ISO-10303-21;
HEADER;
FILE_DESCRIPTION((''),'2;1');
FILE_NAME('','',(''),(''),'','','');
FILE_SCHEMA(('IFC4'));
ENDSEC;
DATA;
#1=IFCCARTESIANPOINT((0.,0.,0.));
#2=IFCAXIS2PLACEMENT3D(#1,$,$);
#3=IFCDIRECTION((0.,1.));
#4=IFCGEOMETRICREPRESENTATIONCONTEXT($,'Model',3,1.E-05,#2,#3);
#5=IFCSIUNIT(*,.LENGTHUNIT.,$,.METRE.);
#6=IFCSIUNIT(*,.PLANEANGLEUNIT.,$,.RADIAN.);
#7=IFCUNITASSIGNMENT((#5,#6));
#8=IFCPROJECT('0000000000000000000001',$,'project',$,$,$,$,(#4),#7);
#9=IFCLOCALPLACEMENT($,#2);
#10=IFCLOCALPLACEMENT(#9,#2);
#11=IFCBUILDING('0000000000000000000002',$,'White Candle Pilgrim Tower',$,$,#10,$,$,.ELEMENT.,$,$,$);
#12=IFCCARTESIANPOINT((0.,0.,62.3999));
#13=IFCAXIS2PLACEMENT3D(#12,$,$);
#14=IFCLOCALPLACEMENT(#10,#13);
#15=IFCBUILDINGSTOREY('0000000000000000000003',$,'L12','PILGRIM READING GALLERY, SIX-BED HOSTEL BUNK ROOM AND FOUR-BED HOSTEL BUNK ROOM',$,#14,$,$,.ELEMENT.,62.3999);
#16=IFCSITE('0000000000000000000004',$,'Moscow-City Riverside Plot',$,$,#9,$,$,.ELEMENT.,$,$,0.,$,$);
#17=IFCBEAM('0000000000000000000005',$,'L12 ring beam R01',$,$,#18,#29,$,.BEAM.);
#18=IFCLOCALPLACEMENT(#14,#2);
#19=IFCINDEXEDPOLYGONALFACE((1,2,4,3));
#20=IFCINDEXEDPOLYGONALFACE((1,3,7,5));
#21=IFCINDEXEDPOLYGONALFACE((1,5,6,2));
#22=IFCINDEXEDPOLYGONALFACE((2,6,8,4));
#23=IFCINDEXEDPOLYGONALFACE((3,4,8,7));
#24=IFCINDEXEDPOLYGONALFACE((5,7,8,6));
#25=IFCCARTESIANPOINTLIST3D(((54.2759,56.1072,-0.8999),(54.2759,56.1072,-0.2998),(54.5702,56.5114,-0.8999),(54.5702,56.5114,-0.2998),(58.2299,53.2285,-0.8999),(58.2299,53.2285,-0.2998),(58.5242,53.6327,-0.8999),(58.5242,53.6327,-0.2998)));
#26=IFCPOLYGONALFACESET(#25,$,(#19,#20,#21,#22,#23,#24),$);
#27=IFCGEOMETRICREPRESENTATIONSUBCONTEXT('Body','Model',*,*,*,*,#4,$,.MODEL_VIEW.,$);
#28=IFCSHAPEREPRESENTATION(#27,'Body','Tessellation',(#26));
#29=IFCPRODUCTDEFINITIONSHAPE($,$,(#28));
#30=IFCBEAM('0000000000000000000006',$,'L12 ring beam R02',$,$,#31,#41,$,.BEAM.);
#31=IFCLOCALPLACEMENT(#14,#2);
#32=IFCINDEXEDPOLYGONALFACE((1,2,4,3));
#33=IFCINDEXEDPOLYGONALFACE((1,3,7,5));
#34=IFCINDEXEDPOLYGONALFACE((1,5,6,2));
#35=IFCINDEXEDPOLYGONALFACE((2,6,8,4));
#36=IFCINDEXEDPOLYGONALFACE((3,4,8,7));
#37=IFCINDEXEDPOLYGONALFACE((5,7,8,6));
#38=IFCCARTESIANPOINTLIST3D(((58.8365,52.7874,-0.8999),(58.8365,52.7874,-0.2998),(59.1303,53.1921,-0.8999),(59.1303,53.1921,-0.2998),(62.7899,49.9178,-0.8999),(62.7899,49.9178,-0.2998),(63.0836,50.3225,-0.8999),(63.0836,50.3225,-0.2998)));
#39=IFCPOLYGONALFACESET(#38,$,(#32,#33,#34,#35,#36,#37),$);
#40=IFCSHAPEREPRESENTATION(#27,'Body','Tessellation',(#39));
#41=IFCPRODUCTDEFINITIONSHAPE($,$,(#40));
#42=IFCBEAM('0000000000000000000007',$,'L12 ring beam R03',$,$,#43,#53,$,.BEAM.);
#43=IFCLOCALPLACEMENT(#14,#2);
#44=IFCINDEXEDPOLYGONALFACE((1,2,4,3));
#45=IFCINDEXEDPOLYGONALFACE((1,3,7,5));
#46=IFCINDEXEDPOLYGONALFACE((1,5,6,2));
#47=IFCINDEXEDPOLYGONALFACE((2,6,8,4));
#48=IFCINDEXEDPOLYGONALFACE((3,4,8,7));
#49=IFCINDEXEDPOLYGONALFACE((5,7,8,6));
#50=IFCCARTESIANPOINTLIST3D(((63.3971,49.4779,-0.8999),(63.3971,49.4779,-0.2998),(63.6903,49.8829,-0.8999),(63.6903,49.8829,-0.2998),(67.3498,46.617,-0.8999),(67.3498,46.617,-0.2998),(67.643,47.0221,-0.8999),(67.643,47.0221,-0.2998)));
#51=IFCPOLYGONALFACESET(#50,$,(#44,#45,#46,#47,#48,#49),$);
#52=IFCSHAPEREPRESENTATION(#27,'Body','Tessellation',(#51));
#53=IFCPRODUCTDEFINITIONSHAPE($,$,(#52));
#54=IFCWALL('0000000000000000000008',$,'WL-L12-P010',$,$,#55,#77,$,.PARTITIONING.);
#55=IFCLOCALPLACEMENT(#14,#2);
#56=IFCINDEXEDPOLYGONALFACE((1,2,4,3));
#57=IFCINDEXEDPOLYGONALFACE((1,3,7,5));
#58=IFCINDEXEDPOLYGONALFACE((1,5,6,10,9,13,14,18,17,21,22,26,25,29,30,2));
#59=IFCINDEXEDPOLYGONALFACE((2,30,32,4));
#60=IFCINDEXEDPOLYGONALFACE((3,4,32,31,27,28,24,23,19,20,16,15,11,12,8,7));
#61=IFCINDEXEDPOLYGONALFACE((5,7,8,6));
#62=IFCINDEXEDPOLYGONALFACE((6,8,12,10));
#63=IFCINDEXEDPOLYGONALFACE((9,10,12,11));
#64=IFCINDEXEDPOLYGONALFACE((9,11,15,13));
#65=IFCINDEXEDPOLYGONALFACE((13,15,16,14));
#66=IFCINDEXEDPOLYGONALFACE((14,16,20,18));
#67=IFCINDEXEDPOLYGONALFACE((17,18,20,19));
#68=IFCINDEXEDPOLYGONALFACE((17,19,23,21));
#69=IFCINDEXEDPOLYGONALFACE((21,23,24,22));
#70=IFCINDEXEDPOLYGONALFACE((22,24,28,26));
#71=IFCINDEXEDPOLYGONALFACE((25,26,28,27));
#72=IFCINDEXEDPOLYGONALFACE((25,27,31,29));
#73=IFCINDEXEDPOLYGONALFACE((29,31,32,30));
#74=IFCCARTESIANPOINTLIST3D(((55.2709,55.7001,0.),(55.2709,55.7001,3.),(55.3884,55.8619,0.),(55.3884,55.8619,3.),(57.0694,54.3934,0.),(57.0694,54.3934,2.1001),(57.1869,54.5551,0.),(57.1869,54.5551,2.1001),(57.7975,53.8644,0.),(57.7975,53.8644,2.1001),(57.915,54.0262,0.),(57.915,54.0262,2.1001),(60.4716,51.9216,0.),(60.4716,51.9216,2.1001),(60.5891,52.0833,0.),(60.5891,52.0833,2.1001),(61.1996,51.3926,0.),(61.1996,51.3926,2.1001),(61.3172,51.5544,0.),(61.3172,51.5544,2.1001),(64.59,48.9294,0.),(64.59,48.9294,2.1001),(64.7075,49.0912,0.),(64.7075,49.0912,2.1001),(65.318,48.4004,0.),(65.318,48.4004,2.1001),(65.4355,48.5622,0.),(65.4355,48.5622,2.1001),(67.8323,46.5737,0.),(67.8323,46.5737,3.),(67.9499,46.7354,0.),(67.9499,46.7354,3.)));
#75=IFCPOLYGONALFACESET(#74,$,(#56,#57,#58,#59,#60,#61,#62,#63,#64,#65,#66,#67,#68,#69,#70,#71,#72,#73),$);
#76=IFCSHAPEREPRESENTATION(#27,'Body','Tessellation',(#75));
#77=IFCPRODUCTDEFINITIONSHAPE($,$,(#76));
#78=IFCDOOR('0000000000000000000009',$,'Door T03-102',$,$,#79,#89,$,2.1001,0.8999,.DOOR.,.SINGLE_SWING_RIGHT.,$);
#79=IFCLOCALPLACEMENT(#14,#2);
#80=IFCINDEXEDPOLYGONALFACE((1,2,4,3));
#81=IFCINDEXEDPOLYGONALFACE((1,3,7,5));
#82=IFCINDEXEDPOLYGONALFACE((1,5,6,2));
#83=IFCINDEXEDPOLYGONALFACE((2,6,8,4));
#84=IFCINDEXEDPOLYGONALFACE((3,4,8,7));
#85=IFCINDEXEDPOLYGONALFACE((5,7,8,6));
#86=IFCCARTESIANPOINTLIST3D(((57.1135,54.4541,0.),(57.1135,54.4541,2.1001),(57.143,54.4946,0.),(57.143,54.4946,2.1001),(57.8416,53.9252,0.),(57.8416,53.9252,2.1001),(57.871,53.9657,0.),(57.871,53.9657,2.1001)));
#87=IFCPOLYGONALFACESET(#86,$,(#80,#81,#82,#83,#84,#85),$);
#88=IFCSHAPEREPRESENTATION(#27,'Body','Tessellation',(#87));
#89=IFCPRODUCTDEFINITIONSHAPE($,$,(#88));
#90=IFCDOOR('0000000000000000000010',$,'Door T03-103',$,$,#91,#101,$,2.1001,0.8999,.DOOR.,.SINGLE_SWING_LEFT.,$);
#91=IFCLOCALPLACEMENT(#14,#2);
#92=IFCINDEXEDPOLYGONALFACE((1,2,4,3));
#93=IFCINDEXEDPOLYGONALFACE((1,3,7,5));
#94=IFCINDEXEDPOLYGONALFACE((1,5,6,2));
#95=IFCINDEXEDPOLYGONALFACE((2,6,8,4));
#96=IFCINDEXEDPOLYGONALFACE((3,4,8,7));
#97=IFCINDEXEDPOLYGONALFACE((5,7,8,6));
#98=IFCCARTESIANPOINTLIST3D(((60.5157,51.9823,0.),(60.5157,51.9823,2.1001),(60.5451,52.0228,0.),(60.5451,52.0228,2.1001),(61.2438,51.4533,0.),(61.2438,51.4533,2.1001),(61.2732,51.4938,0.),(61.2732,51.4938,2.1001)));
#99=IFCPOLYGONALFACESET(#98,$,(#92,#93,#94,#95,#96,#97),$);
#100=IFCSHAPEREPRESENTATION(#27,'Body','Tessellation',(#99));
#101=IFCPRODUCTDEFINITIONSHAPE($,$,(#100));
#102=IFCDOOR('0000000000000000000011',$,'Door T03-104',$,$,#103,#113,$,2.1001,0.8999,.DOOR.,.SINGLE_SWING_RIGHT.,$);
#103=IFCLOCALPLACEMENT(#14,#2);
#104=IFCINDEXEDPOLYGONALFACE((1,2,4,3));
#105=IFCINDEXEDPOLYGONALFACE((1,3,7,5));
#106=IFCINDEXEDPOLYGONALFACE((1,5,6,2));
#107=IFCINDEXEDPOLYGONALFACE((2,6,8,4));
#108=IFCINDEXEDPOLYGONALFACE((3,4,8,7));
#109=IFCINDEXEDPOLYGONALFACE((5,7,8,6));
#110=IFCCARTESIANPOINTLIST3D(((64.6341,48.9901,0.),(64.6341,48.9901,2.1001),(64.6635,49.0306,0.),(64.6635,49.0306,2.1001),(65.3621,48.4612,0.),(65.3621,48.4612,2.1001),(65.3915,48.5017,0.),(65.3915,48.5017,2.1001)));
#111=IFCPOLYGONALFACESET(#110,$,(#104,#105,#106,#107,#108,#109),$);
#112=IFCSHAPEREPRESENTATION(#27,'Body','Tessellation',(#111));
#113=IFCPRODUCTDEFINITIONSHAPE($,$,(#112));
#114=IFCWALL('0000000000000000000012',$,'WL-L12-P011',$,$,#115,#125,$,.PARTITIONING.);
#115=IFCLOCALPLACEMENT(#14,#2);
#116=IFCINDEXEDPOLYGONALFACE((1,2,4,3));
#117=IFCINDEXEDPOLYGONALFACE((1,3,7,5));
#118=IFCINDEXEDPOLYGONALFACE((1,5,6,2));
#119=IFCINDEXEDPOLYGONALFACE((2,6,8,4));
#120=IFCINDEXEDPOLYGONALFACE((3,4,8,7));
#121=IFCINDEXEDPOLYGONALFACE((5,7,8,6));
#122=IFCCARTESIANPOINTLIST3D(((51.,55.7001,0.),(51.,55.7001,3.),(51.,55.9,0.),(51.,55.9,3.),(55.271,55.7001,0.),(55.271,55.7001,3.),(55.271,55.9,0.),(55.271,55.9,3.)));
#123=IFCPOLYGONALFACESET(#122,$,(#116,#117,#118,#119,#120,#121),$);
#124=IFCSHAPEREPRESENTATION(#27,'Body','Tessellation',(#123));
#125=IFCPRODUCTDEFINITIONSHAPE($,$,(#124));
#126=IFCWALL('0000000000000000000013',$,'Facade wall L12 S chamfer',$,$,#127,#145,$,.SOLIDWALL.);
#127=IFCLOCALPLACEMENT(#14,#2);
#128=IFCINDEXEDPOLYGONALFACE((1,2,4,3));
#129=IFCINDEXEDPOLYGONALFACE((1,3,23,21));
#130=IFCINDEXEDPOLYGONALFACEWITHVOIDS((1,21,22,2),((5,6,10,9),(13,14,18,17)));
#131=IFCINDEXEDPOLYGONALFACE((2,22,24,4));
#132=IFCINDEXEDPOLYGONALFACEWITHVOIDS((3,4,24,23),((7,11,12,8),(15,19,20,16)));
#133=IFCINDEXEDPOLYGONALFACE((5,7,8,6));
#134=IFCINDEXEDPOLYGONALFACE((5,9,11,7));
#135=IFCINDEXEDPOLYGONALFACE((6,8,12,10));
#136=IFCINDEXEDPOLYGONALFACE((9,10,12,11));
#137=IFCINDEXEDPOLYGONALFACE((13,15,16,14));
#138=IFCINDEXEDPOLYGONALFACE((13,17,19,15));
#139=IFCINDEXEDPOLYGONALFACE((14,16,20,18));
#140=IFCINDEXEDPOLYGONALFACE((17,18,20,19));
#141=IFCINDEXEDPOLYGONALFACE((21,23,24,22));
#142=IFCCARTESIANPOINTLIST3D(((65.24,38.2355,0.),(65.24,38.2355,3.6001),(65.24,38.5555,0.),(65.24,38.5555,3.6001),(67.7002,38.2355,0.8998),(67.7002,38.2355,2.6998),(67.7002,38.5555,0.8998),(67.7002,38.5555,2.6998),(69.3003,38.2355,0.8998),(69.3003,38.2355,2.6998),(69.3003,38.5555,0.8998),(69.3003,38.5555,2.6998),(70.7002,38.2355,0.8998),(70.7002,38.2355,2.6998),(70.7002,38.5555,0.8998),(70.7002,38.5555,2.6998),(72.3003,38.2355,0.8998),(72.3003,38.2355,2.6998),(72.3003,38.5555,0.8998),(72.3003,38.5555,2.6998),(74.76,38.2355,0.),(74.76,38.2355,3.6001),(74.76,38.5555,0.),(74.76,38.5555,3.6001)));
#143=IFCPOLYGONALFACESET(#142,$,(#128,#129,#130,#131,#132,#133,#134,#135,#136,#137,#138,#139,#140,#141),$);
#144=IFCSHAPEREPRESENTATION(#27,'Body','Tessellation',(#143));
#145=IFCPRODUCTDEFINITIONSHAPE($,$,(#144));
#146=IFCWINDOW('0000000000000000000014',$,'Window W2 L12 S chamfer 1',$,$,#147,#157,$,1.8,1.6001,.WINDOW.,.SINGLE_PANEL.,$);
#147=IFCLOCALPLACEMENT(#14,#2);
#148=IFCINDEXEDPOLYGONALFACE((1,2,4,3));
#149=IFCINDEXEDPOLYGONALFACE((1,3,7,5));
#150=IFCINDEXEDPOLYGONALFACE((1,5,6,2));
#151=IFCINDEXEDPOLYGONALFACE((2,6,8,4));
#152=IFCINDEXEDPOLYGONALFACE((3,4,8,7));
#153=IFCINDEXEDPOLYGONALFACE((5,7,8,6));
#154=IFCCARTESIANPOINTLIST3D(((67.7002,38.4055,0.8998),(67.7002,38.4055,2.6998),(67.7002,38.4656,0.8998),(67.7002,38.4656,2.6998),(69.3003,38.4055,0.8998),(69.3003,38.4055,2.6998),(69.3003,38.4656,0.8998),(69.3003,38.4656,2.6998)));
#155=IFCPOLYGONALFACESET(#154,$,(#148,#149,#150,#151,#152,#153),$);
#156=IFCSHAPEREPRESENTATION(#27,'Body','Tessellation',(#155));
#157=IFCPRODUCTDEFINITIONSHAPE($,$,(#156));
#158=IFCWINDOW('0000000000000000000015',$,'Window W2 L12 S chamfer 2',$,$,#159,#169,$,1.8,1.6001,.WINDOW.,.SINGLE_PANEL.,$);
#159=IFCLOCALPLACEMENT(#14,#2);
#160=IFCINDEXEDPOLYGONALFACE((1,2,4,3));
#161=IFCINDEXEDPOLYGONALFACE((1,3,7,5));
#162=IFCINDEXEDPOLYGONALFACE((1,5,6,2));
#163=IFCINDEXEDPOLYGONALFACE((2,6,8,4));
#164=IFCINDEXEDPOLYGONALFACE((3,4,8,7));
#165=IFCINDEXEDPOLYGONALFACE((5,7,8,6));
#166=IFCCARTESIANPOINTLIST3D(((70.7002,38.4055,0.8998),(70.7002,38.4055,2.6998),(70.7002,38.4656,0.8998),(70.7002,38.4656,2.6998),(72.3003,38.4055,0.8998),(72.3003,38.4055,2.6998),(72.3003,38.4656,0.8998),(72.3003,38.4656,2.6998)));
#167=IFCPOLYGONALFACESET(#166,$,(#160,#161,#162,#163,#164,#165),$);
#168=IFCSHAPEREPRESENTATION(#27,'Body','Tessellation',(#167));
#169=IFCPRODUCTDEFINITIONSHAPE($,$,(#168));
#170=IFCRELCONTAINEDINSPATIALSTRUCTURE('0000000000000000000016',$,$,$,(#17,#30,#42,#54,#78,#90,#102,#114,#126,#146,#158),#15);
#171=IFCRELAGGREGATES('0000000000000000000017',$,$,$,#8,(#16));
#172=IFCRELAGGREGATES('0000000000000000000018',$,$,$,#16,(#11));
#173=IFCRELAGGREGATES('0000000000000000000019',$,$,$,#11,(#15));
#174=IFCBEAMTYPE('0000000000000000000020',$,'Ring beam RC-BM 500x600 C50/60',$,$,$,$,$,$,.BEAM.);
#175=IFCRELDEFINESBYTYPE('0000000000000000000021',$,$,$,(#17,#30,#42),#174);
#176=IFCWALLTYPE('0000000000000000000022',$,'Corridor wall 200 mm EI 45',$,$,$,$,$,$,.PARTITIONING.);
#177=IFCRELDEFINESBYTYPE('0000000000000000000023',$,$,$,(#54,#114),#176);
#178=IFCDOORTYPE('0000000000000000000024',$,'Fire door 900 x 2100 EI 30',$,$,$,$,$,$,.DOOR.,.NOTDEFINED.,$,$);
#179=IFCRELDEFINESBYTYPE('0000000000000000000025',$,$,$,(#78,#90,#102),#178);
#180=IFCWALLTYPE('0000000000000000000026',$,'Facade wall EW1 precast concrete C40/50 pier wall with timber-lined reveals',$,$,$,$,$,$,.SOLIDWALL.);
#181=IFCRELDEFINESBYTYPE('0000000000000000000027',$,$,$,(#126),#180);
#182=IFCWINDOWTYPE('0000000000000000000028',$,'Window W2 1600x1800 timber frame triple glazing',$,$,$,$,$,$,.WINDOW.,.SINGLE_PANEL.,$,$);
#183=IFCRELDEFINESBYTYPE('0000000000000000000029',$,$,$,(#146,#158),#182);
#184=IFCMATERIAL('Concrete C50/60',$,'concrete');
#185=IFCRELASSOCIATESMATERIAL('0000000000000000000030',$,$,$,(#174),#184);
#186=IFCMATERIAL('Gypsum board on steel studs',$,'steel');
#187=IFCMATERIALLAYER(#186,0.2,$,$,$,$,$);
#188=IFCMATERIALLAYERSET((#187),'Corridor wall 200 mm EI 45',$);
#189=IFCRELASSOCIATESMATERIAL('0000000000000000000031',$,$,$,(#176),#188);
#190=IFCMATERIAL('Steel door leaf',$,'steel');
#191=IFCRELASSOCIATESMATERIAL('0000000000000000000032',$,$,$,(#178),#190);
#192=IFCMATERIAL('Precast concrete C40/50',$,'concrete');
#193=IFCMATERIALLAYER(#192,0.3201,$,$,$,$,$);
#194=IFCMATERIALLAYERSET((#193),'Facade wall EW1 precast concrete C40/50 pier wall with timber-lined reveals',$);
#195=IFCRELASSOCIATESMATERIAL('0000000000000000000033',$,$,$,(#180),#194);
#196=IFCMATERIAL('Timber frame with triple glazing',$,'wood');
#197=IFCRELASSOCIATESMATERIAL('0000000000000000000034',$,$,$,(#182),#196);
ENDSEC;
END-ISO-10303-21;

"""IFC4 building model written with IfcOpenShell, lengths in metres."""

from ifc_helpers import new_model, si_unit, direction, frame, frame_2d, origin, origin_2d, place, context, subcontext, project, spatial, rectangle, extrude, material, layer, layer_set, material_profile, profile_set, type_object, element, fill, save


model = new_model("IFC4")

# Units and contexts
model_context = context("Model", 3, precision=1e-05, world=origin(), true_north=direction((0.0, 1.0)))
body_context = subcontext(model_context, "Body", "Model", "MODEL_VIEW")
ifc_project = project(units=[si_unit("LENGTHUNIT", "METRE"), si_unit("PLANEANGLEUNIT", "RADIAN")], contexts=[model_context])

# Site, building, storey
site_placement = place(None, origin())
site = spatial("IfcSite", under=ifc_project, at=site_placement, Name="Moscow-City Riverside Plot", CompositionType="ELEMENT", RefElevation=0.0)
building_placement = place(site_placement, origin())
building = spatial("IfcBuilding", under=site, at=building_placement, Name="White Candle Pilgrim Tower", CompositionType="ELEMENT")
storey_placement = place(building_placement, frame((0.0, 0.0, 62.3999)))
storey = spatial("IfcBuildingStorey", under=building, at=storey_placement, Name="L12", Description="PILGRIM READING GALLERY, SIX-BED HOSTEL BUNK ROOM AND FOUR-BED HOSTEL BUNK ROOM", CompositionType="ELEMENT", Elevation=62.3999)

# Beams
ifc_material_1 = material(Name="Concrete C50/60", Category="concrete")
ifc_material_profile_1 = material_profile(ifc_material_1, rectangle(XDim=0.5, YDim=0.6001, at=origin_2d()), Name="RC-BM 500x600")
ifc_profile_set_1 = profile_set([ifc_material_profile_1], Name="Concrete C50/60")
beam_type = type_object("IfcBeamType", Name="Ring beam RC-BM 500x600 C50/60", PredefinedType="BEAM", material=ifc_profile_set_1)
beam_1_placement = place(storey_placement, frame((54.4231, 56.3093, -0.5999), z_axis=(0.808432, -0.58859, 0.0), x_axis=(0.58859, 0.808432, 0.0)))
element("IfcBeam", 1, at=beam_1_placement, inside=storey, type_object=beam_type, Name="L12 ring beam R01", PredefinedType="BEAM", context=body_context, shape_type="SweptSolid", body=[
    extrude(rectangle(XDim=0.5, YDim=0.6001, at=origin_2d()), origin(), (0.0, 0.0, 1.0), 4.8909),
])
beam_2_placement = place(storey_placement, frame((58.9834, 52.9897, -0.5999), z_axis=(0.809276, -0.587429, 0.0), x_axis=(0.587429, 0.809276, 0.0)))
element("IfcBeam", 2, at=beam_2_placement, inside=storey, type_object=beam_type, Name="L12 ring beam R02", PredefinedType="BEAM", context=body_context, shape_type="SweptSolid", body=[
    extrude(rectangle(XDim=0.5, YDim=0.6001, at=origin_2d()), origin(), (0.0, 0.0, 1.0), 4.885),
])
beam_3_placement = place(storey_placement, frame((63.5437, 49.6804, -0.5999), z_axis=(0.81008, -0.58632, 0.0), x_axis=(0.58632, 0.81008, 0.0)))
element("IfcBeam", 3, at=beam_3_placement, inside=storey, type_object=beam_type, Name="L12 ring beam R03", PredefinedType="BEAM", context=body_context, shape_type="SweptSolid", body=[
    extrude(rectangle(XDim=0.5, YDim=0.6001, at=origin_2d()), origin(), (0.0, 0.0, 1.0), 4.8794),
])

# Wall, openings, doors
ifc_material_2 = material(Name="Gypsum board on steel studs", Category="steel")
ifc_layer_1 = layer(ifc_material_2, 0.2)
ifc_layer_set_1 = layer_set([ifc_layer_1], Name="Corridor wall 200 mm EI 45")
wall_type_1 = type_object("IfcWallType", Name="Corridor wall 200 mm EI 45", PredefinedType="PARTITIONING", material=ifc_layer_set_1)
wall_1_placement = place(storey_placement, frame((67.8911, 46.6545, 0.0), z_axis=(0.0, 0.0, 1.0), x_axis=(-0.809017, 0.587785, 0.0)))
wall_1 = element("IfcWall", 4, at=wall_1_placement, inside=storey, type_object=wall_type_1, Name="WL-L12-P010", PredefinedType="PARTITIONING", context=body_context, shape_type="SweptSolid", body=[
    extrude(rectangle(XDim=15.5269, YDim=0.2, at=frame_2d((7.7634, 0.0))), origin(), (0.0, 0.0, 1.0), 3.0),
])
opening_1_placement = place(wall_1_placement, frame((12.4038, 0.0, 0.0)))
opening_1 = element("IfcOpeningElement", 5, at=opening_1_placement, cuts=wall_1, PredefinedType="OPENING", context=body_context, shape_type="SweptSolid", body=[
    extrude(rectangle(XDim=0.8999, YDim=2.1001, at=frame_2d((0.45, 1.05))), frame((0.0, 0.1099, 0.0), z_axis=(0.0, -1.0, 0.0), x_axis=(1.0, 0.0, 0.0)), (0.0, 0.0, 1.0), 0.22),
])
opening_2_placement = place(wall_1_placement, frame((8.1985, 0.0, 0.0)))
opening_2 = element("IfcOpeningElement", 6, at=opening_2_placement, cuts=wall_1, PredefinedType="OPENING", context=body_context, shape_type="SweptSolid", body=[
    extrude(rectangle(XDim=0.8999, YDim=2.1001, at=frame_2d((0.45, 1.05))), frame((0.0, 0.1099, 0.0), z_axis=(0.0, -1.0, 0.0), x_axis=(1.0, 0.0, 0.0)), (0.0, 0.0, 1.0), 0.22),
])
opening_3_placement = place(wall_1_placement, frame((3.1079, 0.0, 0.0)))
opening_3 = element("IfcOpeningElement", 7, at=opening_3_placement, cuts=wall_1, PredefinedType="OPENING", context=body_context, shape_type="SweptSolid", body=[
    extrude(rectangle(XDim=0.8999, YDim=2.1001, at=frame_2d((0.45, 1.05))), frame((0.0, 0.1099, 0.0), z_axis=(0.0, -1.0, 0.0), x_axis=(1.0, 0.0, 0.0)), (0.0, 0.0, 1.0), 0.22),
])
ifc_material_3 = material(Name="Steel door leaf", Category="steel")
door_type = type_object("IfcDoorType", Name="Fire door 900 x 2100 EI 30", OperationType="NOTDEFINED", PredefinedType="DOOR", material=ifc_material_3)
door_1_placement = place(opening_1_placement, origin())
door_1 = element("IfcDoor", 8, at=door_1_placement, inside=storey, type_object=door_type, Name="Door T03-102", OperationType="SINGLE_SWING_RIGHT", OverallHeight=2.1001, OverallWidth=0.8999, PredefinedType="DOOR", context=body_context, shape_type="SweptSolid", body=[
    extrude(rectangle(XDim=0.8999, YDim=2.1001, at=frame_2d((0.45, 1.05))), frame((0.0, 0.0249, 0.0), z_axis=(0.0, -1.0, 0.0), x_axis=(1.0, 0.0, 0.0)), (0.0, 0.0, 1.0), 0.05),
])
fill(opening_1, door_1)
door_2_placement = place(opening_2_placement, origin())
door_2 = element("IfcDoor", 9, at=door_2_placement, inside=storey, type_object=door_type, Name="Door T03-103", OperationType="SINGLE_SWING_LEFT", OverallHeight=2.1001, OverallWidth=0.8999, PredefinedType="DOOR", context=body_context, shape_type="SweptSolid", body=[
    extrude(rectangle(XDim=0.8999, YDim=2.1001, at=frame_2d((0.45, 1.05))), frame((0.0, 0.0249, 0.0), z_axis=(0.0, -1.0, 0.0), x_axis=(1.0, 0.0, 0.0)), (0.0, 0.0, 1.0), 0.05),
])
fill(opening_2, door_2)
door_3_placement = place(opening_3_placement, origin())
door_3 = element("IfcDoor", 10, at=door_3_placement, inside=storey, type_object=door_type, Name="Door T03-104", OperationType="SINGLE_SWING_RIGHT", OverallHeight=2.1001, OverallWidth=0.8999, PredefinedType="DOOR", context=body_context, shape_type="SweptSolid", body=[
    extrude(rectangle(XDim=0.8999, YDim=2.1001, at=frame_2d((0.45, 1.05))), frame((0.0, 0.0249, 0.0), z_axis=(0.0, -1.0, 0.0), x_axis=(1.0, 0.0, 0.0)), (0.0, 0.0, 1.0), 0.05),
])
fill(opening_3, door_3)

# Wall
wall_2_placement = place(storey_placement, frame((55.271, 55.8, 0.0), z_axis=(0.0, 0.0, 1.0), x_axis=(-1.0, 0.0, 0.0)))
element("IfcWall", 11, at=wall_2_placement, inside=storey, type_object=wall_type_1, Name="WL-L12-P011", PredefinedType="PARTITIONING", context=body_context, shape_type="SweptSolid", body=[
    extrude(rectangle(XDim=4.271, YDim=0.2, at=frame_2d((2.1355, 0.0))), origin(), (0.0, 0.0, 1.0), 3.0),
])

# Wall, openings, windows
ifc_material_4 = material(Name="Precast concrete C40/50", Category="concrete")
ifc_layer_2 = layer(ifc_material_4, 0.3201)
ifc_layer_set_2 = layer_set([ifc_layer_2], Name="Facade wall EW1 precast concrete C40/50 pier wall with timber-lined reveals")
wall_type_2 = type_object("IfcWallType", Name="Facade wall EW1 precast concrete C40/50 pier wall with timber-lined reveals", PredefinedType="SOLIDWALL", material=ifc_layer_set_2)
wall_3_placement = place(storey_placement, frame((65.24, 38.3955, 0.0), z_axis=(0.0, 0.0, 1.0), x_axis=(1.0, 0.0, 0.0)))
wall_3 = element("IfcWall", 12, at=wall_3_placement, inside=storey, type_object=wall_type_2, Name="Facade wall L12 S chamfer", PredefinedType="SOLIDWALL", context=body_context, shape_type="SweptSolid", body=[
    extrude(rectangle(XDim=9.52, YDim=0.3201, at=frame_2d((4.76, 0.0))), origin(), (0.0, 0.0, 1.0), 3.6001),
])
opening_4_placement = place(wall_3_placement, frame((2.4602, 0.0, 0.8999)))
opening_4 = element("IfcOpeningElement", 13, at=opening_4_placement, cuts=wall_3, PredefinedType="OPENING", context=body_context, shape_type="SweptSolid", body=[
    extrude(rectangle(XDim=1.6001, YDim=1.8, at=frame_2d((0.8, 0.8999))), frame((0.0, 0.1699, 0.0), z_axis=(0.0, -1.0, 0.0), x_axis=(1.0, 0.0, 0.0)), (0.0, 0.0, 1.0), 0.3401),
])
opening_5_placement = place(wall_3_placement, frame((5.4602, 0.0, 0.8999)))
opening_5 = element("IfcOpeningElement", 14, at=opening_5_placement, cuts=wall_3, PredefinedType="OPENING", context=body_context, shape_type="SweptSolid", body=[
    extrude(rectangle(XDim=1.6001, YDim=1.8, at=frame_2d((0.8, 0.8999))), frame((0.0, 0.1699, 0.0), z_axis=(0.0, -1.0, 0.0), x_axis=(1.0, 0.0, 0.0)), (0.0, 0.0, 1.0), 0.3401),
])
ifc_material_5 = material(Name="Timber frame with triple glazing", Category="wood")
window_type = type_object("IfcWindowType", Name="Window W2 1600x1800 timber frame triple glazing", PartitioningType="SINGLE_PANEL", PredefinedType="WINDOW", material=ifc_material_5)
window_1_placement = place(opening_4_placement, origin())
window_1 = element("IfcWindow", 15, at=window_1_placement, inside=storey, type_object=window_type, Name="Window W2 L12 S chamfer 1", OverallHeight=1.8, OverallWidth=1.6001, PartitioningType="SINGLE_PANEL", PredefinedType="WINDOW", context=body_context, shape_type="SweptSolid", body=[
    extrude(rectangle(XDim=1.6001, YDim=1.8, at=frame_2d((0.8, 0.8999))), frame((0.0, 0.0701, 0.0), z_axis=(0.0, -1.0, 0.0), x_axis=(1.0, 0.0, 0.0)), (0.0, 0.0, 1.0), 0.0601),
])
fill(opening_4, window_1)
window_2_placement = place(opening_5_placement, origin())
window_2 = element("IfcWindow", 16, at=window_2_placement, inside=storey, type_object=window_type, Name="Window W2 L12 S chamfer 2", OverallHeight=1.8, OverallWidth=1.6001, PartitioningType="SINGLE_PANEL", PredefinedType="WINDOW", context=body_context, shape_type="SweptSolid", body=[
    extrude(rectangle(XDim=1.6001, YDim=1.8, at=frame_2d((0.8, 0.8999))), frame((0.0, 0.0701, 0.0), z_axis=(0.0, -1.0, 0.0), x_axis=(1.0, 0.0, 0.0)), (0.0, 0.0, 1.0), 0.0601),
])
fill(opening_5, window_2)

save(model, "model.ifc")
